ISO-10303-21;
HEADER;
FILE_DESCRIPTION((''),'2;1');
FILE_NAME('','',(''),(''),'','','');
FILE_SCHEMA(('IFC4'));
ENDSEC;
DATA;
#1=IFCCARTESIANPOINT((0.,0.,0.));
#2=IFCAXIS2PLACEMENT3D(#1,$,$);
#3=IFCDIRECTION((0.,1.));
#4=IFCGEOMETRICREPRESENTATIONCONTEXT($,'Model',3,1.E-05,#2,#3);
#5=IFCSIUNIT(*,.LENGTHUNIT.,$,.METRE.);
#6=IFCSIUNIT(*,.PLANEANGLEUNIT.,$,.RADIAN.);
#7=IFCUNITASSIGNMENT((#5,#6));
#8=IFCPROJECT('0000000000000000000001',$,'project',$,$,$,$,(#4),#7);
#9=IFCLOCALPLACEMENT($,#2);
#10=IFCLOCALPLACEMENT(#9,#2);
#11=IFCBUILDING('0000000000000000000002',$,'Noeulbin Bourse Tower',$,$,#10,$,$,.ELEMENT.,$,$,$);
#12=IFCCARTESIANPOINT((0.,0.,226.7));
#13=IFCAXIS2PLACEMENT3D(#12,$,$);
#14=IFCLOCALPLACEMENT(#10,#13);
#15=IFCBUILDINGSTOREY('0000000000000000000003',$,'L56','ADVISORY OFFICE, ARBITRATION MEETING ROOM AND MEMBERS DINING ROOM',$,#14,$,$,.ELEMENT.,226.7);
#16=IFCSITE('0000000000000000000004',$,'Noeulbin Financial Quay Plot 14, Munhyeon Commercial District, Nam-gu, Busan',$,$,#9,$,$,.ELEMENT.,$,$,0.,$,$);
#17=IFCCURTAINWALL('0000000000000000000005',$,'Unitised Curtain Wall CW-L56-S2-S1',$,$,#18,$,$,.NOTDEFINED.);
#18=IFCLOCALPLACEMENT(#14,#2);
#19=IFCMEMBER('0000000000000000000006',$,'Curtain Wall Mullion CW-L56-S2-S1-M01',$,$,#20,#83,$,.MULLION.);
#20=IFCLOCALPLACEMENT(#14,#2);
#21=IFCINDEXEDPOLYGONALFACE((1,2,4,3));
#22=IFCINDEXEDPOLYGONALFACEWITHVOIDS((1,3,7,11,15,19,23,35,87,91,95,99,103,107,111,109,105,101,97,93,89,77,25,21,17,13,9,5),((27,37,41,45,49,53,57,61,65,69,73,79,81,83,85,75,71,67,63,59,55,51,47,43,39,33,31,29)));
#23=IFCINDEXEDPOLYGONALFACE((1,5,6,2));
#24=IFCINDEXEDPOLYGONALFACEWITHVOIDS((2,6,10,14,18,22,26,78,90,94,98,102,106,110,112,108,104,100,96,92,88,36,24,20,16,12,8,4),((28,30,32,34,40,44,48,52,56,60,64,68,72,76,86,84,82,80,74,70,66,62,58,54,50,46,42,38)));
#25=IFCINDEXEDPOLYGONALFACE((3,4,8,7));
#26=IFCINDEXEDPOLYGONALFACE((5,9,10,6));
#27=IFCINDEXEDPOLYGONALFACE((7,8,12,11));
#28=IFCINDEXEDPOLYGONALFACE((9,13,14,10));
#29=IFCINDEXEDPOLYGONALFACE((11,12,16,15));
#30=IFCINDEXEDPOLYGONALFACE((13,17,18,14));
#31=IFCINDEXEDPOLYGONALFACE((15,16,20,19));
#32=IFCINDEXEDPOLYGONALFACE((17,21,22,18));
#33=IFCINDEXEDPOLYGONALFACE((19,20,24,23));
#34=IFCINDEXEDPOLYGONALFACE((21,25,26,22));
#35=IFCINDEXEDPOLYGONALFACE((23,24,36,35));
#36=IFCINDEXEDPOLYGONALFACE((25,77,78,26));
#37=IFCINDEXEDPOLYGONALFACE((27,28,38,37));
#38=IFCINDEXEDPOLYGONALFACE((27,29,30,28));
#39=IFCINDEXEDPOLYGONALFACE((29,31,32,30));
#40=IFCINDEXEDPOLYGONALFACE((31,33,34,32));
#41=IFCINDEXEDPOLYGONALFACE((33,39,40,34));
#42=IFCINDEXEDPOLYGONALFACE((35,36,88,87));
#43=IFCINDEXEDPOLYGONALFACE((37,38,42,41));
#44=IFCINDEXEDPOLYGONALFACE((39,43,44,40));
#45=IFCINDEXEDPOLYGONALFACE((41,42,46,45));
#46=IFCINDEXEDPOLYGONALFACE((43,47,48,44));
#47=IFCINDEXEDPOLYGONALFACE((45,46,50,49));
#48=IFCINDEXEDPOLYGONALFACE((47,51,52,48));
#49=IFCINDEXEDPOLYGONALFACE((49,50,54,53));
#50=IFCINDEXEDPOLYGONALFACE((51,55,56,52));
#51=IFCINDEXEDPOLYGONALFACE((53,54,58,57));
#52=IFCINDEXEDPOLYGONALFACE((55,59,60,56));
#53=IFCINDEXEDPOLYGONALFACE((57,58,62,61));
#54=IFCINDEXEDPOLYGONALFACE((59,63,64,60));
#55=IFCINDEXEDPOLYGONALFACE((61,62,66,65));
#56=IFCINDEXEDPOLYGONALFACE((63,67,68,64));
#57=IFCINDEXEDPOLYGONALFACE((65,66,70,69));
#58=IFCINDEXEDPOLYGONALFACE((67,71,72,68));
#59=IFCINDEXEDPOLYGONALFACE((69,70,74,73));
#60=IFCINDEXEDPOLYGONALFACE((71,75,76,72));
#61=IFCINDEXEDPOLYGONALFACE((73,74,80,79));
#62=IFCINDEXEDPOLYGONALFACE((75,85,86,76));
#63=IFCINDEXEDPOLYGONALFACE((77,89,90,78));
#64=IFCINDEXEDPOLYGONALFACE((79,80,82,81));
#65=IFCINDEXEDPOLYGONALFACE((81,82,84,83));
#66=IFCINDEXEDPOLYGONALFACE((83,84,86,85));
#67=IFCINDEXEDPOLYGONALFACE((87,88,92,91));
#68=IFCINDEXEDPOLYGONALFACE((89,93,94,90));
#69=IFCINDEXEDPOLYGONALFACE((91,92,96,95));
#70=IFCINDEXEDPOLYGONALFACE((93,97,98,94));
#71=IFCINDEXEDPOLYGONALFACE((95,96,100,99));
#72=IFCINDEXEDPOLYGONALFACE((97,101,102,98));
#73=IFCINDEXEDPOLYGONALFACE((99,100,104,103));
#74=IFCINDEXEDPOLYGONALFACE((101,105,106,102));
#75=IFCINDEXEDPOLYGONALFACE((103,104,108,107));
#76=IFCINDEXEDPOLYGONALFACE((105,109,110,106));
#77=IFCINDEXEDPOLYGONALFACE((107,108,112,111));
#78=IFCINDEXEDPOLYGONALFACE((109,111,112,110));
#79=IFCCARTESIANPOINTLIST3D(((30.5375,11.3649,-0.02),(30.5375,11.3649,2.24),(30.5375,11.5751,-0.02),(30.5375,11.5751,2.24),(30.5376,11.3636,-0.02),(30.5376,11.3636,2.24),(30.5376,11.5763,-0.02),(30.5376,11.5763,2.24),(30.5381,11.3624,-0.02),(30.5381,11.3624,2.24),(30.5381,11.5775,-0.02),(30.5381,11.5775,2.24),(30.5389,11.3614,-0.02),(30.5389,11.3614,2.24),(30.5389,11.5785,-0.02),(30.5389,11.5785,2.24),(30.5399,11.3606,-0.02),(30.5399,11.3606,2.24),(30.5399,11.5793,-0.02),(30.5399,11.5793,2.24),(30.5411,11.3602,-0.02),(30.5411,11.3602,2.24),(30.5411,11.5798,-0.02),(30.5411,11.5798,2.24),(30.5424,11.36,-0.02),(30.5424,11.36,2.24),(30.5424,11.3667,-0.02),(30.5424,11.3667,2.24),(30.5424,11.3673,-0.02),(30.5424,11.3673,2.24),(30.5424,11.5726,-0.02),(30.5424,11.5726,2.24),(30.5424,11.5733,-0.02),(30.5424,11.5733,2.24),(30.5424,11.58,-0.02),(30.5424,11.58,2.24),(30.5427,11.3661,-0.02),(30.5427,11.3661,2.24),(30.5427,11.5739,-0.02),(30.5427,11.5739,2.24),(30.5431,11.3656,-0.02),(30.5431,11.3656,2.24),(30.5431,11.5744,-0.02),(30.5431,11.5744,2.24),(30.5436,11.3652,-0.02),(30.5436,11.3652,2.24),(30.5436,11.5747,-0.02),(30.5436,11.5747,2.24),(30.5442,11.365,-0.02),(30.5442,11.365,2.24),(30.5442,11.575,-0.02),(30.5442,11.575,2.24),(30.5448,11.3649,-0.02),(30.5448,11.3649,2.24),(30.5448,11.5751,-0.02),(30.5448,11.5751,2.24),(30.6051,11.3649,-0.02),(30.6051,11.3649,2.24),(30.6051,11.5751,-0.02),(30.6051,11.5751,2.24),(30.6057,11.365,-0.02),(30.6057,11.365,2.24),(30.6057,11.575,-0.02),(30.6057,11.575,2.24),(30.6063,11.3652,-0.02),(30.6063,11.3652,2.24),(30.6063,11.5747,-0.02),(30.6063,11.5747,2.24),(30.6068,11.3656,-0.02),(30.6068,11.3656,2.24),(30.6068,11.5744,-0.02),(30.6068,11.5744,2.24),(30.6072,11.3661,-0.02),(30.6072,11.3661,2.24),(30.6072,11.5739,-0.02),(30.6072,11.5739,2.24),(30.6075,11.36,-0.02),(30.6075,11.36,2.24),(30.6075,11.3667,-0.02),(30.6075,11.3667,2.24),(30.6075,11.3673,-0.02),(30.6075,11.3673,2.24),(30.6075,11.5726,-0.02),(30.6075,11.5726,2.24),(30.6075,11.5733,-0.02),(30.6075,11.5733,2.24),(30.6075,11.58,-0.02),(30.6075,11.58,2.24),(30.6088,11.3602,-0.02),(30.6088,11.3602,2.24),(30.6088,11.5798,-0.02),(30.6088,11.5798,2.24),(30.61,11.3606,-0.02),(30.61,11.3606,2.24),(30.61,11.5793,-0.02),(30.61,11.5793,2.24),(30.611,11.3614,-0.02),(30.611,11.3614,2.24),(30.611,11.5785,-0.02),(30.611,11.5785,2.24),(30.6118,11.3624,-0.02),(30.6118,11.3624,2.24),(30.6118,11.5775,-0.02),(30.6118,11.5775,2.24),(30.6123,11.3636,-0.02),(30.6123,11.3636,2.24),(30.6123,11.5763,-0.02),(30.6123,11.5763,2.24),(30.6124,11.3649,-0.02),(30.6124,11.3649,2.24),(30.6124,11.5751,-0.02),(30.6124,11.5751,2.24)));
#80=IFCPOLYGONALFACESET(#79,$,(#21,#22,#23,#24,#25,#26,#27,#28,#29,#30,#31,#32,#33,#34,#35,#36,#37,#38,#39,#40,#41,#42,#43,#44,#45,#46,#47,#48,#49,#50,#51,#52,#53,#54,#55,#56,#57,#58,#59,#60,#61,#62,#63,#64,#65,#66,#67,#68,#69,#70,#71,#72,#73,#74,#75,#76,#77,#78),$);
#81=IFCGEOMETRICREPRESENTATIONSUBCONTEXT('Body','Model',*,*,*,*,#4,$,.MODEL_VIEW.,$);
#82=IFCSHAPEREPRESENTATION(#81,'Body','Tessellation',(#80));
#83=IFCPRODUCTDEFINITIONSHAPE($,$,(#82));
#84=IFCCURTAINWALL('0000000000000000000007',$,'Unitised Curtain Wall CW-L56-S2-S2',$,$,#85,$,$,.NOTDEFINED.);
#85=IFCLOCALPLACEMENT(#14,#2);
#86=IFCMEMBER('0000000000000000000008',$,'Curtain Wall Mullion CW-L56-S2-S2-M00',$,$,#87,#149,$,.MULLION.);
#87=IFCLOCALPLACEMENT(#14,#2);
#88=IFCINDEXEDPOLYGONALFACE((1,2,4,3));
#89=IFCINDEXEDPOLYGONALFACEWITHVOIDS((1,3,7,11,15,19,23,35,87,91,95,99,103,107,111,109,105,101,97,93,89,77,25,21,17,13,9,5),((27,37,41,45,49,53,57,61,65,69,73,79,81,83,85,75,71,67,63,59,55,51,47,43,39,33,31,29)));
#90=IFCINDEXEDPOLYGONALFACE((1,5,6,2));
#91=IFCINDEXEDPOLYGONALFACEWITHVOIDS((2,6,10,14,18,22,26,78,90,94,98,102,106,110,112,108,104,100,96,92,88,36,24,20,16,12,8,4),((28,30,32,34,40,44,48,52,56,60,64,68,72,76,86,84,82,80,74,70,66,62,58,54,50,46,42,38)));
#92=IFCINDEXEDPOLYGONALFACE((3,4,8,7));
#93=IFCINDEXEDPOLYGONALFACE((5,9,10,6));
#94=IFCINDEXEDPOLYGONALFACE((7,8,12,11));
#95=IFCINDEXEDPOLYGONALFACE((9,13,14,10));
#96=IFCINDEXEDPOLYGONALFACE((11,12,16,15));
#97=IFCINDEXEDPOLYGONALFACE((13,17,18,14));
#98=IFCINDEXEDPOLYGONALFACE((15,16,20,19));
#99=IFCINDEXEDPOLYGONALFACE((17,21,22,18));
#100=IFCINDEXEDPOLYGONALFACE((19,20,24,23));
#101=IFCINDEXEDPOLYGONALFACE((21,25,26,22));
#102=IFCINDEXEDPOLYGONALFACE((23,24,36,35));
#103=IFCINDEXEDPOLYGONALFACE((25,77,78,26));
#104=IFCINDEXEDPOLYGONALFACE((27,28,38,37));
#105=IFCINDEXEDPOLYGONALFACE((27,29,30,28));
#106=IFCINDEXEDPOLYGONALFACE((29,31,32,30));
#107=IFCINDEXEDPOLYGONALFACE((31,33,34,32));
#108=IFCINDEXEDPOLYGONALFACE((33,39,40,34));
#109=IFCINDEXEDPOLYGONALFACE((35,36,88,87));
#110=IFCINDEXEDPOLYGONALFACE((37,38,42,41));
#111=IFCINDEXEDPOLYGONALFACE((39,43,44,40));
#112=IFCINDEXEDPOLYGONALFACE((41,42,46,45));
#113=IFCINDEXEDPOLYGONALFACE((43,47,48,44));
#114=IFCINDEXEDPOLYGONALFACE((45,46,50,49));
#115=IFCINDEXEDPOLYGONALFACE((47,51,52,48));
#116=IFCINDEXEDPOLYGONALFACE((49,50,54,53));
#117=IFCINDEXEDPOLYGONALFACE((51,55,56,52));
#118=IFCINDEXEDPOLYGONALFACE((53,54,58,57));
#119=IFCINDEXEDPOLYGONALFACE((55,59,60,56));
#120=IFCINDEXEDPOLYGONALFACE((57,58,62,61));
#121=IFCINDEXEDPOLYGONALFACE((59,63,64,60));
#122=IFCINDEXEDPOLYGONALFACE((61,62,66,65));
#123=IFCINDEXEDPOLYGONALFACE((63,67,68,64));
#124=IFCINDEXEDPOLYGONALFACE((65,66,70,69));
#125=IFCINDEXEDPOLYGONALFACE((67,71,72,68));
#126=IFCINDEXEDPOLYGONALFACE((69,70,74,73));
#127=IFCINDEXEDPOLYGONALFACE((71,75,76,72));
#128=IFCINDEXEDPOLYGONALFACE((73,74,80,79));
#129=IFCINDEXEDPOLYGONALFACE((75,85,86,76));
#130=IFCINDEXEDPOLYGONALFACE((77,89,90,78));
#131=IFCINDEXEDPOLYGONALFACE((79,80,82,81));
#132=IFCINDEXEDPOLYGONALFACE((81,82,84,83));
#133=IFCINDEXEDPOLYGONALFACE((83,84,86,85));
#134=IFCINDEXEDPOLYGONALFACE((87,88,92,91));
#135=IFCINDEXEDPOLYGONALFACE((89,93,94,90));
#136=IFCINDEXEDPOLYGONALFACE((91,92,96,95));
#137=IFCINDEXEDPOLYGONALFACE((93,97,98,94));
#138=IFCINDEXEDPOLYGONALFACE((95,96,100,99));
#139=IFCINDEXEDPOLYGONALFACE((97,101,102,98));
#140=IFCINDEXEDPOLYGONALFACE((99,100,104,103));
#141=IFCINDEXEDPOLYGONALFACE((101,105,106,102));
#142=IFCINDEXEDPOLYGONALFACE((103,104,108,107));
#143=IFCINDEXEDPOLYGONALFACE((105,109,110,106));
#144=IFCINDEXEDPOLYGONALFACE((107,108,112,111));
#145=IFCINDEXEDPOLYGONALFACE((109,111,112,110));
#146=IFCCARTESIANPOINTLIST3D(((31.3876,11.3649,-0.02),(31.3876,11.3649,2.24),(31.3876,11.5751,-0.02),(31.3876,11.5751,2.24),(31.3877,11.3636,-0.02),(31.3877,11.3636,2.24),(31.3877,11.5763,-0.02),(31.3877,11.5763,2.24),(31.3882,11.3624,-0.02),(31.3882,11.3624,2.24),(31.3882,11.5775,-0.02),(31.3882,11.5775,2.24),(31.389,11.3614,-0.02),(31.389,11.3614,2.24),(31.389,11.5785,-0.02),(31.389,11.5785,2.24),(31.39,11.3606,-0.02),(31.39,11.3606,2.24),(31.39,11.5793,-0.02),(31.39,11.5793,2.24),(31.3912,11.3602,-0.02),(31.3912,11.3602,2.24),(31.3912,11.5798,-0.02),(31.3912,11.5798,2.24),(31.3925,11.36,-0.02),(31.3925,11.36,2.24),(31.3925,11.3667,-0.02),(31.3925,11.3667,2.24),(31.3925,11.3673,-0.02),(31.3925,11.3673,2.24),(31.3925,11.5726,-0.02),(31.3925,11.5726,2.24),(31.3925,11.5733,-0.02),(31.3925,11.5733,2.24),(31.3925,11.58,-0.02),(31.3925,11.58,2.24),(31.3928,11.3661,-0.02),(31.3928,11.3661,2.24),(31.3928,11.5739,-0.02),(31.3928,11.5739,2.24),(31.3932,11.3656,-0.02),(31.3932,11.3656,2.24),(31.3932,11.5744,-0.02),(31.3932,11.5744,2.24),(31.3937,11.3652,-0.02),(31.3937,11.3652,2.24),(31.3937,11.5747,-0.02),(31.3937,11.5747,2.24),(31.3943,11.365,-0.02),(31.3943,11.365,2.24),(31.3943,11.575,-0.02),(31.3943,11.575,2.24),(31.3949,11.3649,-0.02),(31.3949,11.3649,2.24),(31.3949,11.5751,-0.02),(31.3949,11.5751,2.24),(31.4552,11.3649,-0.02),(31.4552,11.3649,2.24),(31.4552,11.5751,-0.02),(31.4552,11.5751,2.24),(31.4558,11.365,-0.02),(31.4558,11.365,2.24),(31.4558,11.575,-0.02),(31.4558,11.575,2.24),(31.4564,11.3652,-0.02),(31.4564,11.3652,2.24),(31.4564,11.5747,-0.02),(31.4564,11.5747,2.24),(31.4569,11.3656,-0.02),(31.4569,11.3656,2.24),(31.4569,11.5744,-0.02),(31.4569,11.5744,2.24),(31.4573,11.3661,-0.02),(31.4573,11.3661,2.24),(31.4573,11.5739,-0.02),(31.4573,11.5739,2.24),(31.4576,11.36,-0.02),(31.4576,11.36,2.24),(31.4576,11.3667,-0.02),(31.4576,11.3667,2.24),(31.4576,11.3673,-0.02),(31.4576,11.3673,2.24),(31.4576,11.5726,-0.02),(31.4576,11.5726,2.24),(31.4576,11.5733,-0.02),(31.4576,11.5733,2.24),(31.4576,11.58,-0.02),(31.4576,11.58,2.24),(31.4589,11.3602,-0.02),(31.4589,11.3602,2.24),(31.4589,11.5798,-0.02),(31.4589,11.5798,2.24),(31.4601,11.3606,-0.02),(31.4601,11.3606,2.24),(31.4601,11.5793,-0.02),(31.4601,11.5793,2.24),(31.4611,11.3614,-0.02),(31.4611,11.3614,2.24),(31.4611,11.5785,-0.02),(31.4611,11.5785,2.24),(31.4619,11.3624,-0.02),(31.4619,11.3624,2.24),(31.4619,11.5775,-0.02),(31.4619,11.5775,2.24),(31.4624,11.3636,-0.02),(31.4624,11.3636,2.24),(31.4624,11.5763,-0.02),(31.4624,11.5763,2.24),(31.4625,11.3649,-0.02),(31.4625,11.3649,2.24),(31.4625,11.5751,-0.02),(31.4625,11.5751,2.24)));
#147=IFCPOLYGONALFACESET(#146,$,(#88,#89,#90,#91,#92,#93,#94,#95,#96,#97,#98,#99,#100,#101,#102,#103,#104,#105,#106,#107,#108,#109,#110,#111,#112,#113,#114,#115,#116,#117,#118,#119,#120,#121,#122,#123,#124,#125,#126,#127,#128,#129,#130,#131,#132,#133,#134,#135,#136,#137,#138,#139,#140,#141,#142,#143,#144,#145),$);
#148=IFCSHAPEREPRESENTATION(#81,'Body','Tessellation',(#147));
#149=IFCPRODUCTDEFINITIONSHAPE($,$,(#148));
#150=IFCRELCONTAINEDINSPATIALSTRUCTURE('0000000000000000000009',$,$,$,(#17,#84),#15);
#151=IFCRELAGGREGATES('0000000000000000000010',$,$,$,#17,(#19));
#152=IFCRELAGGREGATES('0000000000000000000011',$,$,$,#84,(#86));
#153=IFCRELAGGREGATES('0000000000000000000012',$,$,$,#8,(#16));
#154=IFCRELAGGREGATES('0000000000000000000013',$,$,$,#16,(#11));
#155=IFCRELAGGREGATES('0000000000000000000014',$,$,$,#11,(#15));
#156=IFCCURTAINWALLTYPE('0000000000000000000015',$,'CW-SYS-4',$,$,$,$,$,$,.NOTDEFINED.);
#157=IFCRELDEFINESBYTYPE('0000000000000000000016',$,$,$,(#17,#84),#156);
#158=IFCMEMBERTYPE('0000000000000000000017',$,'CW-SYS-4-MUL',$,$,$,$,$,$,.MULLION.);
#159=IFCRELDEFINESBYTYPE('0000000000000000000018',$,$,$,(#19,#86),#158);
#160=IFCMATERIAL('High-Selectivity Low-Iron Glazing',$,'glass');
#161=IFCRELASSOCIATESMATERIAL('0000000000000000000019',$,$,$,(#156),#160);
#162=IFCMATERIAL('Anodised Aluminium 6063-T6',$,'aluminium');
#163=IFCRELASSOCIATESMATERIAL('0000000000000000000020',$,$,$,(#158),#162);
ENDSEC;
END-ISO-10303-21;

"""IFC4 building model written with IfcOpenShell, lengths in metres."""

from ifc_helpers import new_model, si_unit, direction, frame, origin, origin_2d, place, context, subcontext, project, spatial, hollow_rectangle, extrude, material, material_profile, profile_set, type_object, element, aggregate, save


model = new_model("IFC4")

# Units and contexts
model_context = context("Model", 3, precision=1e-05, world=origin(), true_north=direction((0.0, 1.0)))
body_context = subcontext(model_context, "Body", "Model", "MODEL_VIEW")
ifc_project = project(units=[si_unit("LENGTHUNIT", "METRE"), si_unit("PLANEANGLEUNIT", "RADIAN")], contexts=[model_context])

# Site, building, storey
site_placement = place(None, origin())
site = spatial("IfcSite", under=ifc_project, at=site_placement, Name="Noeulbin Financial Quay Plot 14, Munhyeon Commercial District, Nam-gu, Busan", CompositionType="ELEMENT", RefElevation=0.0)
building_placement = place(site_placement, origin())
building = spatial("IfcBuilding", under=site, at=building_placement, Name="Noeulbin Bourse Tower", CompositionType="ELEMENT")
storey_placement = place(building_placement, frame((0.0, 0.0, 226.7)))
storey = spatial("IfcBuildingStorey", under=building, at=storey_placement, Name="L56", Description="ADVISORY OFFICE, ARBITRATION MEETING ROOM AND MEMBERS DINING ROOM", CompositionType="ELEMENT", Elevation=226.7)

# Curtain wall, member
ifc_material_1 = material(Name="High-Selectivity Low-Iron Glazing", Category="glass")
curtain_wall_type = type_object("IfcCurtainWallType", Name="CW-SYS-4", PredefinedType="NOTDEFINED", material=ifc_material_1)
curtain_wall_1_placement = place(storey_placement, origin())
curtain_wall_1 = element("IfcCurtainWall", 1, at=curtain_wall_1_placement, inside=storey, type_object=curtain_wall_type, Name="Unitised Curtain Wall CW-L56-S2-S1", PredefinedType="NOTDEFINED")
ifc_material_2 = material(Name="Anodised Aluminium 6063-T6", Category="aluminium")
ifc_material_profile_1 = material_profile(ifc_material_2, hollow_rectangle(XDim=0.075, YDim=0.22, WallThickness=0.0049, InnerFilletRadius=0.0024, OuterFilletRadius=0.0049, at=origin_2d()), Name="ALU-MULL-75x220x5", Category="LoadBearing")
ifc_profile_set_1 = profile_set([ifc_material_profile_1], Name="Anodised Aluminium 6063-T6")
member_type_1 = type_object("IfcMemberType", Name="CW-SYS-4-MUL", PredefinedType="MULLION", material=ifc_profile_set_1)
member_1_placement = place(storey_placement, frame((30.575, 11.47, -0.02), z_axis=(0.0, 0.0, 1.0), x_axis=(1.0, 0.0, 0.0)))
member_1 = element("IfcMember", 2, at=member_1_placement, type_object=member_type_1, Name="Curtain Wall Mullion CW-L56-S2-S1-M01", PredefinedType="MULLION", context=body_context, shape_type="SweptSolid", body=[
    extrude(hollow_rectangle(XDim=0.075, YDim=0.22, WallThickness=0.0049, InnerFilletRadius=0.0024, OuterFilletRadius=0.0049, at=origin_2d()), origin(), (0.0, 0.0, 1.0), 2.26),
])

# Curtain wall, member
curtain_wall_2_placement = place(storey_placement, origin())
curtain_wall_2 = element("IfcCurtainWall", 3, at=curtain_wall_2_placement, inside=storey, type_object=curtain_wall_type, Name="Unitised Curtain Wall CW-L56-S2-S2", PredefinedType="NOTDEFINED")
member_2_placement = place(storey_placement, frame((31.425, 11.47, -0.02), z_axis=(0.0, 0.0, 1.0), x_axis=(1.0, 0.0, 0.0)))
member_2 = element("IfcMember", 4, at=member_2_placement, type_object=member_type_1, Name="Curtain Wall Mullion CW-L56-S2-S2-M00", PredefinedType="MULLION", context=body_context, shape_type="SweptSolid", body=[
    extrude(hollow_rectangle(XDim=0.075, YDim=0.22, WallThickness=0.0049, InnerFilletRadius=0.0024, OuterFilletRadius=0.0049, at=origin_2d()), origin(), (0.0, 0.0, 1.0), 2.26),
])

aggregate(curtain_wall_1, [member_1])
aggregate(curtain_wall_2, [member_2])

save(model, "model.ifc")
